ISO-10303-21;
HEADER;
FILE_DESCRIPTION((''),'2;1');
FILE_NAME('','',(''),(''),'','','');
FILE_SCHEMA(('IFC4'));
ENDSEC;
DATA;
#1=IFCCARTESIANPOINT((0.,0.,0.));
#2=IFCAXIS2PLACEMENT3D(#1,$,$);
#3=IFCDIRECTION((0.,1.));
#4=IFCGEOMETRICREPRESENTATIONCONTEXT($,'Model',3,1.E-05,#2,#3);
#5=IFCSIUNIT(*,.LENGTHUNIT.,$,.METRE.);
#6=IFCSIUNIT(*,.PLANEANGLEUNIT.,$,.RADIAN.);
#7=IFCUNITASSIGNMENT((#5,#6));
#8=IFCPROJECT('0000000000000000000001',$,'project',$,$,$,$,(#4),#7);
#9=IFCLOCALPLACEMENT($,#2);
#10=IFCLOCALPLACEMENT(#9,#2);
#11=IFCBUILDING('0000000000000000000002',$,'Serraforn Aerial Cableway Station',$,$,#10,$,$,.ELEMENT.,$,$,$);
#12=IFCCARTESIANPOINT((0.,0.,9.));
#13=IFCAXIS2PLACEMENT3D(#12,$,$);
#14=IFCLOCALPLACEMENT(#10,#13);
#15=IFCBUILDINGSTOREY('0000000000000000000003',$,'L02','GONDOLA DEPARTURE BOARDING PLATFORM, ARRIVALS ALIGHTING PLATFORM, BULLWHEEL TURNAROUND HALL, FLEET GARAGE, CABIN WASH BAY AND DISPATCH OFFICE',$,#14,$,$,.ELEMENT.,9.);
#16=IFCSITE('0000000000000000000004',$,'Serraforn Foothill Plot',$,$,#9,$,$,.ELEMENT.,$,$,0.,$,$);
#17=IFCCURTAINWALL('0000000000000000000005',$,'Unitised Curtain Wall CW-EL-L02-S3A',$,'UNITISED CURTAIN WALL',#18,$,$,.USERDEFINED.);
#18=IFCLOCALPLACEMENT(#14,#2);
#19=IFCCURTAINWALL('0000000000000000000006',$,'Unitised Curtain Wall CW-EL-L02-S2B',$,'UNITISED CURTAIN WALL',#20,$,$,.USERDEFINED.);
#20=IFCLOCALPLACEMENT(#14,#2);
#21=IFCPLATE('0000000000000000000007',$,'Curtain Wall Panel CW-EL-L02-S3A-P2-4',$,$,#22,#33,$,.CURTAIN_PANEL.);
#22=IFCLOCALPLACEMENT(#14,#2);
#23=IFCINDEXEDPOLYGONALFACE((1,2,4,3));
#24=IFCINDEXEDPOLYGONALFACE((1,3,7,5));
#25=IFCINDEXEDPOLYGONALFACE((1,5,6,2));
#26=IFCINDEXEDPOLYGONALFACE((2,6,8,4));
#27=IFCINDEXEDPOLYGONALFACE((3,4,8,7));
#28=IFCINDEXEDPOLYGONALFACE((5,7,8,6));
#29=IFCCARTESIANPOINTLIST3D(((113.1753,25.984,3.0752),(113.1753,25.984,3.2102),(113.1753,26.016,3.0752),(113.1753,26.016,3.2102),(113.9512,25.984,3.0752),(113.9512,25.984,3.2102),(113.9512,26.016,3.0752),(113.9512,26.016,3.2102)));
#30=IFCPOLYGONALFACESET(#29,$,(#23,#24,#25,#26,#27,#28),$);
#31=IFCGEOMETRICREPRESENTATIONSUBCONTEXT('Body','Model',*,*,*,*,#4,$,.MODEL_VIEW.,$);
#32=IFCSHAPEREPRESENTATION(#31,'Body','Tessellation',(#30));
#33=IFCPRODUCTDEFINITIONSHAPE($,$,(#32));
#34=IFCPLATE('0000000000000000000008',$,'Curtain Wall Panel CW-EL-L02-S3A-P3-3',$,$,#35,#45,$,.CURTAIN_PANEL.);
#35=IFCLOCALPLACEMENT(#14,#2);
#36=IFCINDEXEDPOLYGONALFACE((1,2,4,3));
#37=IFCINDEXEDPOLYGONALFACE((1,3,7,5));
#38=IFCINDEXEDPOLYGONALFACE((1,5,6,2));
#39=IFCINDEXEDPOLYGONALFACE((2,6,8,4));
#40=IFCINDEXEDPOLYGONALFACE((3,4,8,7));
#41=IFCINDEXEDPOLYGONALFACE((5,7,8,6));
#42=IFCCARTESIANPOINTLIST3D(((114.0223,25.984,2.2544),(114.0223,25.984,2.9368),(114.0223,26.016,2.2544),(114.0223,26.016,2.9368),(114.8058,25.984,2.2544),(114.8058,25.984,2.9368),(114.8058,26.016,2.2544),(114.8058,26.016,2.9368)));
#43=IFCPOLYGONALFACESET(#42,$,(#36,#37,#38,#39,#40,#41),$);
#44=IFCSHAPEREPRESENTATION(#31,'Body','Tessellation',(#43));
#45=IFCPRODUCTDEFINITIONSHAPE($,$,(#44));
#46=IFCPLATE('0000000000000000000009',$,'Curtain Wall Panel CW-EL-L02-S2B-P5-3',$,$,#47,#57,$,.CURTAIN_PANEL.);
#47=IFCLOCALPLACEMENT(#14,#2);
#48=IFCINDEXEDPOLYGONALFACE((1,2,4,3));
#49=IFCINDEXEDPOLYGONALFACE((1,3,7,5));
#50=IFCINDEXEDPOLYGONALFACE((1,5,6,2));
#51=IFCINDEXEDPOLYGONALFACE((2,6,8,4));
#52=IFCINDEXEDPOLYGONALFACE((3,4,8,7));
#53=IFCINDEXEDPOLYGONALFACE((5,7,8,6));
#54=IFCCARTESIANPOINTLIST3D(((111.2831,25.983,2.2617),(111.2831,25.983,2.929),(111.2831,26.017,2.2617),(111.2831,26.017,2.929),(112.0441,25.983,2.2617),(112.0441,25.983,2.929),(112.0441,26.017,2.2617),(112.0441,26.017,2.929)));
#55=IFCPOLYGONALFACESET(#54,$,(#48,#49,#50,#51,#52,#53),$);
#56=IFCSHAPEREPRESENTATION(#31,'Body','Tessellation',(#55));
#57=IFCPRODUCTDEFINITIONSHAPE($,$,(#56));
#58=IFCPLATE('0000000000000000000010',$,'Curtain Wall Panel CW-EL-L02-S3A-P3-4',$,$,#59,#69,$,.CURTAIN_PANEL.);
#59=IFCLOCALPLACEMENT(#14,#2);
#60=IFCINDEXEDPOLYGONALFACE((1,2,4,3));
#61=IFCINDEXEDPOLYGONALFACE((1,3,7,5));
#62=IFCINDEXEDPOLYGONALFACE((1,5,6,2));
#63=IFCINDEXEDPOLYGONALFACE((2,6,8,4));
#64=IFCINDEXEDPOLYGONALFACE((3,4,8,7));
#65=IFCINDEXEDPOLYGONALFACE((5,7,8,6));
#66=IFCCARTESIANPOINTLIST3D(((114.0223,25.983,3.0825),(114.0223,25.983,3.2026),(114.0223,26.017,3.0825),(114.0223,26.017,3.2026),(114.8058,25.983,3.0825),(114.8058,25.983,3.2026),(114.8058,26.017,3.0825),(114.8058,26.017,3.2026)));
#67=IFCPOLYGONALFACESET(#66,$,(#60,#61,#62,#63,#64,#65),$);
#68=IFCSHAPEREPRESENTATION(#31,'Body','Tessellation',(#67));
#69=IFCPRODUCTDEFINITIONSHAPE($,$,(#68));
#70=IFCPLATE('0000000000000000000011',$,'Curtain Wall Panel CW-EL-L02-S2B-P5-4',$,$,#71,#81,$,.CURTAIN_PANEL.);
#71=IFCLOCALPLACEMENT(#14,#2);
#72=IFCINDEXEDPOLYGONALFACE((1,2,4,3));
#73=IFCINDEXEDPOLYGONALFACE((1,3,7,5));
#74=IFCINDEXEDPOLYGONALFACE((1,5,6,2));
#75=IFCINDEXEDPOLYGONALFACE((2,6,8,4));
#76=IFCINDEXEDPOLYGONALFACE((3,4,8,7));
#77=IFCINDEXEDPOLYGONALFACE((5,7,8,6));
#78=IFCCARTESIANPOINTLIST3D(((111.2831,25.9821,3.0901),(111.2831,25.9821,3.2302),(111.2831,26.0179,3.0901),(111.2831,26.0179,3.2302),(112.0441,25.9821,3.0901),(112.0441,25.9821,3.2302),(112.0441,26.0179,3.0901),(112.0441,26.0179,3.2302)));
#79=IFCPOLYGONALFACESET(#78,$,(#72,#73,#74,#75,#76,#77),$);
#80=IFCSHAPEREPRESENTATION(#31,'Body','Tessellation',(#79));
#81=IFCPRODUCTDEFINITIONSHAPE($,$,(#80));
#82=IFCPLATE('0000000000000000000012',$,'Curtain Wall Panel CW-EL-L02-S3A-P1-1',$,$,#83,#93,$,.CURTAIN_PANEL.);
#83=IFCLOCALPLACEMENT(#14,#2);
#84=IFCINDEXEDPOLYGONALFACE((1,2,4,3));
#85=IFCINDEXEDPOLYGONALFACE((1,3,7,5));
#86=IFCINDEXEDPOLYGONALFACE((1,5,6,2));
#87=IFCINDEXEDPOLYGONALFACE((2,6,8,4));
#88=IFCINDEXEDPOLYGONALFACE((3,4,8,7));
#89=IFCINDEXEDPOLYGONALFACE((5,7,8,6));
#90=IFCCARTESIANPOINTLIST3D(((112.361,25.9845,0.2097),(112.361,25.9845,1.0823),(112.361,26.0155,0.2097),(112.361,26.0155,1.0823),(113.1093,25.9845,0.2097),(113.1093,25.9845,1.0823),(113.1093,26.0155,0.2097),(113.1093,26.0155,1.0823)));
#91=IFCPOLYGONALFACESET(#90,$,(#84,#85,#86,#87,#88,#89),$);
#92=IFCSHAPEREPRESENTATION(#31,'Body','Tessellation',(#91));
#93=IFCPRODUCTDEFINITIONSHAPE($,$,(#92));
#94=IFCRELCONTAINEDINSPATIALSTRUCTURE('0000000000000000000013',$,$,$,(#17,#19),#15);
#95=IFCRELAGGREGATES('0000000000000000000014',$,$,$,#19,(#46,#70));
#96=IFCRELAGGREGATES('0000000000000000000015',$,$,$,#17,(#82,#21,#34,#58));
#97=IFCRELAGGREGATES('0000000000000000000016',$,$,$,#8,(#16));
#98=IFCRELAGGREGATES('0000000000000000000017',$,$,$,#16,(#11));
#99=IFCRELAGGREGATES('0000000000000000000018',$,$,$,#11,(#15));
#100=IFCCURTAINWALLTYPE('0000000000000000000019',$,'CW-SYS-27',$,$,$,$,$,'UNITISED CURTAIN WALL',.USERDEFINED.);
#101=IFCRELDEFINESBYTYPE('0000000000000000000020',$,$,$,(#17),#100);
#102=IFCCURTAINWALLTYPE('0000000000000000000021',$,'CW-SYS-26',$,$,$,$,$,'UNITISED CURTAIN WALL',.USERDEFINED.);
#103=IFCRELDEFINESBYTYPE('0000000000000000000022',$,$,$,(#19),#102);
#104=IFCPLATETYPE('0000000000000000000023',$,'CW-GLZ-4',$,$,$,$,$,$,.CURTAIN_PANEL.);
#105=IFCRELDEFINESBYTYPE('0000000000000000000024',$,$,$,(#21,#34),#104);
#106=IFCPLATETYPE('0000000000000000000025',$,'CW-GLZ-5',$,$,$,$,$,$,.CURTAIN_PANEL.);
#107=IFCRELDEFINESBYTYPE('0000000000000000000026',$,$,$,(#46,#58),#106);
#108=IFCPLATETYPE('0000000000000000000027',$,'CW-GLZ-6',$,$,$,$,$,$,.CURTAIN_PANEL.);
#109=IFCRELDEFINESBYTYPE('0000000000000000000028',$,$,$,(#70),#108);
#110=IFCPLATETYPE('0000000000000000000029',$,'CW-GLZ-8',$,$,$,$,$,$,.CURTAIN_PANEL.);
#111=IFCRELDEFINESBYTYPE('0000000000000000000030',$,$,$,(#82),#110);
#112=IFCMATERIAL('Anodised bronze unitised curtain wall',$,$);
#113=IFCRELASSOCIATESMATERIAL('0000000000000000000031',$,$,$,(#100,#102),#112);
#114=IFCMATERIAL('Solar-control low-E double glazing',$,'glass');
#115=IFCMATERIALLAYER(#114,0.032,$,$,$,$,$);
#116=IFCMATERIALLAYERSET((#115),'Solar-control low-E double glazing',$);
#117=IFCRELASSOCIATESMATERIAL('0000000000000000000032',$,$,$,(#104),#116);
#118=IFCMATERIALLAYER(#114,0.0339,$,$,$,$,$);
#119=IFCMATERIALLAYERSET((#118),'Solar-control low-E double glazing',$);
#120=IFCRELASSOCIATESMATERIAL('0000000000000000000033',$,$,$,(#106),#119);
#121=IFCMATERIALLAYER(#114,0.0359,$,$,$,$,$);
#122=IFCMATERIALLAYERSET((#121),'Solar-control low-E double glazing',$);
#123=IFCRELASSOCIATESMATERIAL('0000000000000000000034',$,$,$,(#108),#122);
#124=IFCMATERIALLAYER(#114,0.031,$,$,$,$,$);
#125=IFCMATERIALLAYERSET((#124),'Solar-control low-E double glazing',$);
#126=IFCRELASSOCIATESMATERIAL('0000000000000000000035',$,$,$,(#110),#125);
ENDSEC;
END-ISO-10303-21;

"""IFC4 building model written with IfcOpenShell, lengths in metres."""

from ifc_helpers import new_model, si_unit, direction, frame, origin, origin_2d, place, context, subcontext, project, spatial, rectangle, extrude, material, layer, layer_set, type_object, element, aggregate, save


model = new_model("IFC4")

# Units and contexts
model_context = context("Model", 3, precision=1e-05, world=origin(), true_north=direction((0.0, 1.0)))
body_context = subcontext(model_context, "Body", "Model", "MODEL_VIEW")
ifc_project = project(units=[si_unit("LENGTHUNIT", "METRE"), si_unit("PLANEANGLEUNIT", "RADIAN")], contexts=[model_context])

# Site, building, storey
site_placement = place(None, origin())
site = spatial("IfcSite", under=ifc_project, at=site_placement, Name="Serraforn Foothill Plot", CompositionType="ELEMENT", RefElevation=0.0)
building_placement = place(site_placement, origin())
building = spatial("IfcBuilding", under=site, at=building_placement, Name="Serraforn Aerial Cableway Station", CompositionType="ELEMENT")
storey_placement = place(building_placement, frame((0.0, 0.0, 9.0)))
storey = spatial("IfcBuildingStorey", under=building, at=storey_placement, Name="L02", Description="GONDOLA DEPARTURE BOARDING PLATFORM, ARRIVALS ALIGHTING PLATFORM, BULLWHEEL TURNAROUND HALL, FLEET GARAGE, CABIN WASH BAY AND DISPATCH OFFICE", CompositionType="ELEMENT", Elevation=9.0)

# Curtain walls
ifc_material_1 = material(Name="Anodised bronze unitised curtain wall")
curtain_wall_type_1 = type_object("IfcCurtainWallType", Name="CW-SYS-27", ElementType="UNITISED CURTAIN WALL", PredefinedType="USERDEFINED", material=ifc_material_1)
curtain_wall_1_placement = place(storey_placement, origin())
curtain_wall_1 = element("IfcCurtainWall", 1, at=curtain_wall_1_placement, inside=storey, type_object=curtain_wall_type_1, Name="Unitised Curtain Wall CW-EL-L02-S3A", ObjectType="UNITISED CURTAIN WALL", PredefinedType="USERDEFINED")
curtain_wall_type_2 = type_object("IfcCurtainWallType", Name="CW-SYS-26", ElementType="UNITISED CURTAIN WALL", PredefinedType="USERDEFINED", material=ifc_material_1)
curtain_wall_2_placement = place(storey_placement, origin())
curtain_wall_2 = element("IfcCurtainWall", 2, at=curtain_wall_2_placement, inside=storey, type_object=curtain_wall_type_2, Name="Unitised Curtain Wall CW-EL-L02-S2B", ObjectType="UNITISED CURTAIN WALL", PredefinedType="USERDEFINED")

# Plates
ifc_material_2 = material(Name="Solar-control low-E double glazing", Category="glass")
ifc_layer_1 = layer(ifc_material_2, 0.032)
ifc_layer_set_1 = layer_set([ifc_layer_1], Name="Solar-control low-E double glazing")
plate_type_1 = type_object("IfcPlateType", Name="CW-GLZ-4", PredefinedType="CURTAIN_PANEL", material=ifc_layer_set_1)
plate_1_placement = place(storey_placement, frame((113.5632, 26.0, 3.0752), z_axis=(0.0, 0.0, 1.0), x_axis=(1.0, 0.0, 0.0)))
plate_1 = element("IfcPlate", 3, at=plate_1_placement, type_object=plate_type_1, Name="Curtain Wall Panel CW-EL-L02-S3A-P2-4", PredefinedType="CURTAIN_PANEL", context=body_context, shape_type="SweptSolid", body=[
    extrude(rectangle(XDim=0.7759, YDim=0.032, at=origin_2d()), origin(), (0.0, 0.0, 1.0), 0.135),
])
plate_2_placement = place(storey_placement, frame((114.4141, 26.0, 2.2544), z_axis=(0.0, 0.0, 1.0), x_axis=(1.0, 0.0, 0.0)))
plate_2 = element("IfcPlate", 4, at=plate_2_placement, type_object=plate_type_1, Name="Curtain Wall Panel CW-EL-L02-S3A-P3-3", PredefinedType="CURTAIN_PANEL", context=body_context, shape_type="SweptSolid", body=[
    extrude(rectangle(XDim=0.7834, YDim=0.032, at=origin_2d()), origin(), (0.0, 0.0, 1.0), 0.6824),
])
ifc_layer_2 = layer(ifc_material_2, 0.0339)
ifc_layer_set_2 = layer_set([ifc_layer_2], Name="Solar-control low-E double glazing")
plate_type_2 = type_object("IfcPlateType", Name="CW-GLZ-5", PredefinedType="CURTAIN_PANEL", material=ifc_layer_set_2)
plate_3_placement = place(storey_placement, frame((111.6636, 26.0, 2.2617), z_axis=(0.0, 0.0, 1.0), x_axis=(1.0, 0.0, 0.0)))
plate_3 = element("IfcPlate", 5, at=plate_3_placement, type_object=plate_type_2, Name="Curtain Wall Panel CW-EL-L02-S2B-P5-3", PredefinedType="CURTAIN_PANEL", context=body_context, shape_type="SweptSolid", body=[
    extrude(rectangle(XDim=0.761, YDim=0.0339, at=origin_2d()), origin(), (0.0, 0.0, 1.0), 0.6672),
])
plate_4_placement = place(storey_placement, frame((114.4141, 26.0, 3.0825), z_axis=(0.0, 0.0, 1.0), x_axis=(1.0, 0.0, 0.0)))
plate_4 = element("IfcPlate", 6, at=plate_4_placement, type_object=plate_type_2, Name="Curtain Wall Panel CW-EL-L02-S3A-P3-4", PredefinedType="CURTAIN_PANEL", context=body_context, shape_type="SweptSolid", body=[
    extrude(rectangle(XDim=0.7834, YDim=0.0339, at=origin_2d()), origin(), (0.0, 0.0, 1.0), 0.1201),
])
ifc_layer_3 = layer(ifc_material_2, 0.0359)
ifc_layer_set_3 = layer_set([ifc_layer_3], Name="Solar-control low-E double glazing")
plate_type_3 = type_object("IfcPlateType", Name="CW-GLZ-6", PredefinedType="CURTAIN_PANEL", material=ifc_layer_set_3)
plate_5_placement = place(storey_placement, frame((111.6636, 26.0, 3.0901), z_axis=(0.0, 0.0, 1.0), x_axis=(1.0, 0.0, 0.0)))
plate_5 = element("IfcPlate", 7, at=plate_5_placement, type_object=plate_type_3, Name="Curtain Wall Panel CW-EL-L02-S2B-P5-4", PredefinedType="CURTAIN_PANEL", context=body_context, shape_type="SweptSolid", body=[
    extrude(rectangle(XDim=0.761, YDim=0.0359, at=origin_2d()), origin(), (0.0, 0.0, 1.0), 0.1401),
])
aggregate(curtain_wall_2, [plate_3, plate_5])
ifc_layer_4 = layer(ifc_material_2, 0.031)
ifc_layer_set_4 = layer_set([ifc_layer_4], Name="Solar-control low-E double glazing")
plate_type_4 = type_object("IfcPlateType", Name="CW-GLZ-8", PredefinedType="CURTAIN_PANEL", material=ifc_layer_set_4)
plate_6_placement = place(storey_placement, frame((112.7351, 26.0, 0.2097), z_axis=(0.0, 0.0, 1.0), x_axis=(1.0, 0.0, 0.0)))
plate_6 = element("IfcPlate", 8, at=plate_6_placement, type_object=plate_type_4, Name="Curtain Wall Panel CW-EL-L02-S3A-P1-1", PredefinedType="CURTAIN_PANEL", context=body_context, shape_type="SweptSolid", body=[
    extrude(rectangle(XDim=0.7483, YDim=0.031, at=origin_2d()), origin(), (0.0, 0.0, 1.0), 0.8726),
])
aggregate(curtain_wall_1, [plate_6, plate_1, plate_2, plate_4])

save(model, "model.ifc")
